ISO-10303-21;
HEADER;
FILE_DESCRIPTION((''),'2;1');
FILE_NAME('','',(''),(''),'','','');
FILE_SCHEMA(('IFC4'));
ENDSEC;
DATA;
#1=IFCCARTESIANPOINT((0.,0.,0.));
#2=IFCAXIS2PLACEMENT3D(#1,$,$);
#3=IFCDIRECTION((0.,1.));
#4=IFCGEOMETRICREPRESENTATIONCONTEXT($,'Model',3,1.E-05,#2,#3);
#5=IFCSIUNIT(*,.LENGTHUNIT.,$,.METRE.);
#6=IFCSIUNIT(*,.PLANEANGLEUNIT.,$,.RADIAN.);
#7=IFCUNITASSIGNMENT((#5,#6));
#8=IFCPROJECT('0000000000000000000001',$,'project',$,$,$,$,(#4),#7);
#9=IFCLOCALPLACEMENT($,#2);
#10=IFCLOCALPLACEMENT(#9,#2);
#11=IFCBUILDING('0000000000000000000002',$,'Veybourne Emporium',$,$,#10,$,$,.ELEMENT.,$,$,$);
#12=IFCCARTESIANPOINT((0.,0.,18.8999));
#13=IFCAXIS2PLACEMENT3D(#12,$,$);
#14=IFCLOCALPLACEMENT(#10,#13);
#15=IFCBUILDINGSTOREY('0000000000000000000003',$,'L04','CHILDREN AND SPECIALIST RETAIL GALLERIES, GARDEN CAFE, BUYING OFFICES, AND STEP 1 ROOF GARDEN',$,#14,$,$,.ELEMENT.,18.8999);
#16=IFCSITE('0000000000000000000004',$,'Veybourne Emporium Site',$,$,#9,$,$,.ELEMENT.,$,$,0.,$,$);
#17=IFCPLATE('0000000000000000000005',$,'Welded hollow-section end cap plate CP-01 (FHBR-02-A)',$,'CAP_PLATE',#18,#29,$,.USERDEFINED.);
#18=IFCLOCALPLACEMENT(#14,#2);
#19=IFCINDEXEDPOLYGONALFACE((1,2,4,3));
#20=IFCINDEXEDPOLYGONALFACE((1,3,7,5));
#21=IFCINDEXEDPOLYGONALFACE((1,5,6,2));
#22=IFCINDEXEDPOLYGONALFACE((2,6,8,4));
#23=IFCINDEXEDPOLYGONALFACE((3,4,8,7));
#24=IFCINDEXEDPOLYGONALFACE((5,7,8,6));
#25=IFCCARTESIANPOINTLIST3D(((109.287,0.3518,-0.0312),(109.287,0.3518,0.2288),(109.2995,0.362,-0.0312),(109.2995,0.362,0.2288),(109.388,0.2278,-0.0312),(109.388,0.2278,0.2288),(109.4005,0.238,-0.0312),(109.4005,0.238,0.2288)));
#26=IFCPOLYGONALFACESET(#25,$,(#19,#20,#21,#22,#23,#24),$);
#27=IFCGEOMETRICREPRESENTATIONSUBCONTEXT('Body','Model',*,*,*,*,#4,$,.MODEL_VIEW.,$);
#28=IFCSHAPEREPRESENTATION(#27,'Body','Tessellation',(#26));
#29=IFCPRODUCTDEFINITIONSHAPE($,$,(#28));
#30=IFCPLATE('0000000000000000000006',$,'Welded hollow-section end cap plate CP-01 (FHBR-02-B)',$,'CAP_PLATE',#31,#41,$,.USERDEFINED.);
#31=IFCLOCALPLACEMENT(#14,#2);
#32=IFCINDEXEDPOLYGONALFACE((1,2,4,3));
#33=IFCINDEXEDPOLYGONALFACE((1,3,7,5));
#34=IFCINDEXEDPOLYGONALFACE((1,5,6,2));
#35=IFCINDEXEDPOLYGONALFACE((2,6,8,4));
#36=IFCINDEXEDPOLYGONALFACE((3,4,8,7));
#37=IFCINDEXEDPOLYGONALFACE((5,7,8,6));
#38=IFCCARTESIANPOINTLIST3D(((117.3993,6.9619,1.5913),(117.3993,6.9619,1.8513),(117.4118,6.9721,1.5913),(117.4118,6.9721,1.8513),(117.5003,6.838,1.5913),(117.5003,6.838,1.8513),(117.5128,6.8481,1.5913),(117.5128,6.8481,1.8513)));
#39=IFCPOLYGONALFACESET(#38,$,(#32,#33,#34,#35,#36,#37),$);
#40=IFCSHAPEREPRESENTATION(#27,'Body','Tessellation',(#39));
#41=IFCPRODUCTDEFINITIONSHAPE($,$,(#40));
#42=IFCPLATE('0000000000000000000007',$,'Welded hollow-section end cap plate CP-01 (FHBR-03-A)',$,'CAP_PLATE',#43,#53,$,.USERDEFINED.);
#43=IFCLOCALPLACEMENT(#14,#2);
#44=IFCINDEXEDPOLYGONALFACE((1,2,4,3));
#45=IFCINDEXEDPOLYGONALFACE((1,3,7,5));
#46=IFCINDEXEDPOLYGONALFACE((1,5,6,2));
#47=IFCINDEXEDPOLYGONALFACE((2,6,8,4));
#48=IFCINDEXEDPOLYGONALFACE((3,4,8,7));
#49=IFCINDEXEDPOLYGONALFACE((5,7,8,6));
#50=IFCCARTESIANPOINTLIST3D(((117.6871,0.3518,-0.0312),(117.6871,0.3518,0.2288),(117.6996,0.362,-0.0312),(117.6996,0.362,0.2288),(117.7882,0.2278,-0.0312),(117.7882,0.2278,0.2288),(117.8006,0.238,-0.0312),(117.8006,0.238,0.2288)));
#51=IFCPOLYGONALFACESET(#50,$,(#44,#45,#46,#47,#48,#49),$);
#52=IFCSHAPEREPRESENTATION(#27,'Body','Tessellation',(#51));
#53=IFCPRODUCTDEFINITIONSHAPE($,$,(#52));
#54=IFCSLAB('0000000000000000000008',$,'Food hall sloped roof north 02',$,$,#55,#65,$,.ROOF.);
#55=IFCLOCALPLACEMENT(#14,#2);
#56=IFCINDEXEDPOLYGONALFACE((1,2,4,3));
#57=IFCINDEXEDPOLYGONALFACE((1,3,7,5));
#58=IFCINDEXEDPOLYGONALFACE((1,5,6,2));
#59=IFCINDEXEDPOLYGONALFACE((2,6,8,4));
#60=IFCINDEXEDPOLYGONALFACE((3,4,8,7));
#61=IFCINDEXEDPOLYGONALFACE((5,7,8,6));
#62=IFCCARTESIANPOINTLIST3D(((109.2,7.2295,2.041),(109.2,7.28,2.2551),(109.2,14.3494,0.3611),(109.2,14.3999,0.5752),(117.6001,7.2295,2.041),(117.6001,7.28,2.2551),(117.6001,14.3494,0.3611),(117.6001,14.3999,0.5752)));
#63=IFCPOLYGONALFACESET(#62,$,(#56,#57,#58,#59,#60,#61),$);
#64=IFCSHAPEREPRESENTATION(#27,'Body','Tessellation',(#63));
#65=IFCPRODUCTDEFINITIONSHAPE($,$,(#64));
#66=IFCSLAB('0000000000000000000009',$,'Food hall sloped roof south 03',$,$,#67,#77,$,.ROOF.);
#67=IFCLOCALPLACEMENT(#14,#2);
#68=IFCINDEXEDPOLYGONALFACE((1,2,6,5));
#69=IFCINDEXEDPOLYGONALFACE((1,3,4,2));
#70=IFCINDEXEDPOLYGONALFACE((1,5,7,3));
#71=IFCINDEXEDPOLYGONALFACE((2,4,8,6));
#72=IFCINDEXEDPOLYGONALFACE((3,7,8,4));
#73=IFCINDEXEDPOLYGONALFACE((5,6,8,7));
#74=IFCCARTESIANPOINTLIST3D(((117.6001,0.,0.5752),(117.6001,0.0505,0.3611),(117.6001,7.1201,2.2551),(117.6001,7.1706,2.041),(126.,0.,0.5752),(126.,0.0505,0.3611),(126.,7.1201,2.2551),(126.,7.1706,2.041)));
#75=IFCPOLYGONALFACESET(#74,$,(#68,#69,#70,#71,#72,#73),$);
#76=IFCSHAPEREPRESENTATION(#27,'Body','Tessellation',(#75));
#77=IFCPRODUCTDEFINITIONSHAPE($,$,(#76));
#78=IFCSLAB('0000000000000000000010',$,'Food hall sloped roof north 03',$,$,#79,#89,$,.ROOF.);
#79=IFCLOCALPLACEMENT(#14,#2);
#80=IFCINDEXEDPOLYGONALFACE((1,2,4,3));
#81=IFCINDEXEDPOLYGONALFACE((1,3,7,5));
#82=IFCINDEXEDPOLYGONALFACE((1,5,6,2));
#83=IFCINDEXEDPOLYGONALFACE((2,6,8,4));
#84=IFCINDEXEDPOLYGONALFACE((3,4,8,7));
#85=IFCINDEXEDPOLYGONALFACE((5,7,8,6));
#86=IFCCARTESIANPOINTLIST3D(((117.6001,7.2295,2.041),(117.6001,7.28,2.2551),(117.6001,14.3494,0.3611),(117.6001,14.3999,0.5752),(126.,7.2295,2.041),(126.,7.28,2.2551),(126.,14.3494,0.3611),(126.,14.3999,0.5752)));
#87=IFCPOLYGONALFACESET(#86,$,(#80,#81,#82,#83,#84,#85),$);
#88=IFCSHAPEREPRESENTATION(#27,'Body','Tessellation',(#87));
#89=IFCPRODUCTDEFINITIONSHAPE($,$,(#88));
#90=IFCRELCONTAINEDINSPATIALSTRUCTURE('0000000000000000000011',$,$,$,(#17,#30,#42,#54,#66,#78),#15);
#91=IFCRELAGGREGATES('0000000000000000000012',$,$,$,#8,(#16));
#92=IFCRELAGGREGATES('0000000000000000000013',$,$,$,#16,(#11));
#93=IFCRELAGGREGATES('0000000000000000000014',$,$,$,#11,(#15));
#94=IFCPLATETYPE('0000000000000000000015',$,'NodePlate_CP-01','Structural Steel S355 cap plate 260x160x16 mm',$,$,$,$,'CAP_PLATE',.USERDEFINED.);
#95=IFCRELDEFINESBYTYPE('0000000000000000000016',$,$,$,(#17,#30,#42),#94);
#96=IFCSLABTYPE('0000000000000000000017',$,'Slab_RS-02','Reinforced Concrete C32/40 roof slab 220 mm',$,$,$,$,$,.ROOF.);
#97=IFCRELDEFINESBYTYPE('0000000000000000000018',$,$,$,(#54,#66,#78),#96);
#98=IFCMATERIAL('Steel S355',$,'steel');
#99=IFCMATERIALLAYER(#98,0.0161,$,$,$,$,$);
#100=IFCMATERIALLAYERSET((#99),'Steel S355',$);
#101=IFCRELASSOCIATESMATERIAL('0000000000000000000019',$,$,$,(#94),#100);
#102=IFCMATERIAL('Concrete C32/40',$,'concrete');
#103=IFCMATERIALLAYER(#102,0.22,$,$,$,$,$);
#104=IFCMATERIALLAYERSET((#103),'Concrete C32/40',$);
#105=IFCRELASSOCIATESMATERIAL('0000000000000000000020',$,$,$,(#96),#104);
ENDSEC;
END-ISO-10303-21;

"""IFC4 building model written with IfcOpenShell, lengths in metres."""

from ifc_helpers import new_model, si_unit, direction, frame, origin, origin_2d, place, context, subcontext, project, spatial, polyline, rectangle, outline, extrude, material, layer, layer_set, type_object, element, save


model = new_model("IFC4")

# Units and contexts
model_context = context("Model", 3, precision=1e-05, world=origin(), true_north=direction((0.0, 1.0)))
body_context = subcontext(model_context, "Body", "Model", "MODEL_VIEW")
ifc_project = project(units=[si_unit("LENGTHUNIT", "METRE"), si_unit("PLANEANGLEUNIT", "RADIAN")], contexts=[model_context])

# Site, building, storey
site_placement = place(None, origin())
site = spatial("IfcSite", under=ifc_project, at=site_placement, Name="Veybourne Emporium Site", CompositionType="ELEMENT", RefElevation=0.0)
building_placement = place(site_placement, origin())
building = spatial("IfcBuilding", under=site, at=building_placement, Name="Veybourne Emporium", CompositionType="ELEMENT")
storey_placement = place(building_placement, frame((0.0, 0.0, 18.8999)))
storey = spatial("IfcBuildingStorey", under=building, at=storey_placement, Name="L04", Description="CHILDREN AND SPECIALIST RETAIL GALLERIES, GARDEN CAFE, BUYING OFFICES, AND STEP 1 ROOF GARDEN", CompositionType="ELEMENT", Elevation=18.8999)

# Shared definitions
ifc_material_1 = material(Name="Steel S355", Category="steel")

# Plates
ifc_layer_1 = layer(ifc_material_1, 0.0161)
ifc_layer_set_1 = layer_set([ifc_layer_1], Name="Steel S355")
plate_type = type_object("IfcPlateType", Name="NodePlate_CP-01", Description="Structural Steel S355 cap plate 260x160x16 mm", ElementType="CAP_PLATE", PredefinedType="USERDEFINED", material=ifc_layer_set_1)
for number, where, z_axis, x_axis, name in (
    (1, (109.3438, 0.2949, -0.0312), (0.0, 0.0, 1.0), (0.775275, 0.631623, 0.0), "Welded hollow-section end cap plate CP-01 (FHBR-02-A)"),
    (2, (117.4561, 6.905, 1.5913), (0.0, 0.0, 1.0), (0.775275, 0.631623, 0.0), "Welded hollow-section end cap plate CP-01 (FHBR-02-B)"),
    (3, (117.7439, 0.2949, -0.0312), (0.0, 0.0, 1.0), (0.775275, 0.631623, 0.0), "Welded hollow-section end cap plate CP-01 (FHBR-03-A)"),
):
    element("IfcPlate", number, at=place(storey_placement, frame(where, z_axis=z_axis, x_axis=x_axis)), inside=storey, type_object=plate_type, Name=name, ObjectType="CAP_PLATE", PredefinedType="USERDEFINED", context=body_context, shape_type="SweptSolid", body=[
        extrude(rectangle(XDim=0.0161, YDim=0.1599, at=origin_2d()), origin(), (0.0, 0.0, 1.0), 0.26),
    ])

# Slabs
ifc_material_2 = material(Name="Concrete C32/40", Category="concrete")
ifc_layer_2 = layer(ifc_material_2, 0.22)
ifc_layer_set_2 = layer_set([ifc_layer_2], Name="Concrete C32/40")
slab_type = type_object("IfcSlabType", Name="Slab_RS-02", Description="Reinforced Concrete C32/40 roof slab 220 mm", PredefinedType="ROOF", material=ifc_layer_set_2)
slab_1_placement = place(storey_placement, frame((109.2, 7.28, 2.2551), z_axis=(0.0, 0.229644, 0.973275), x_axis=(1.0, 0.0, 0.0)))
element("IfcSlab", 4, at=slab_1_placement, inside=storey, type_object=slab_type, Name="Food hall sloped roof north 02", PredefinedType="ROOF", context=body_context, shape_type="SweptSolid", body=[
    extrude(outline(polyline([(0.0, 0.0), (8.4001, 0.0), (8.4001, 7.3154), (0.0, 7.3154), (0.0, 0.0)])), origin(), (0.0, 0.0, -1.0), 0.22),
])
slab_2_placement = place(storey_placement, frame((117.6001, 0.0, 0.5752), z_axis=(0.0, -0.229636, 0.973276), x_axis=(1.0, 0.0, 0.0)))
element("IfcSlab", 5, at=slab_2_placement, inside=storey, type_object=slab_type, Name="Food hall sloped roof south 03", PredefinedType="ROOF", context=body_context, shape_type="SweptSolid", body=[
    extrude(outline(polyline([(0.0, 0.0), (8.3999, 0.0), (8.3999, 7.3156), (0.0, 7.3156), (0.0, 0.0)])), origin(), (0.0, 0.0, -1.0), 0.22),
])
slab_3_placement = place(storey_placement, frame((117.6001, 7.28, 2.2551), z_axis=(0.0, 0.229644, 0.973275), x_axis=(1.0, 0.0, 0.0)))
element("IfcSlab", 6, at=slab_3_placement, inside=storey, type_object=slab_type, Name="Food hall sloped roof north 03", PredefinedType="ROOF", context=body_context, shape_type="SweptSolid", body=[
    extrude(outline(polyline([(0.0, 0.0), (8.3999, 0.0), (8.3999, 7.3154), (0.0, 7.3154), (0.0, 0.0)])), origin(), (0.0, 0.0, -1.0), 0.22),
])

save(model, "model.ifc")
